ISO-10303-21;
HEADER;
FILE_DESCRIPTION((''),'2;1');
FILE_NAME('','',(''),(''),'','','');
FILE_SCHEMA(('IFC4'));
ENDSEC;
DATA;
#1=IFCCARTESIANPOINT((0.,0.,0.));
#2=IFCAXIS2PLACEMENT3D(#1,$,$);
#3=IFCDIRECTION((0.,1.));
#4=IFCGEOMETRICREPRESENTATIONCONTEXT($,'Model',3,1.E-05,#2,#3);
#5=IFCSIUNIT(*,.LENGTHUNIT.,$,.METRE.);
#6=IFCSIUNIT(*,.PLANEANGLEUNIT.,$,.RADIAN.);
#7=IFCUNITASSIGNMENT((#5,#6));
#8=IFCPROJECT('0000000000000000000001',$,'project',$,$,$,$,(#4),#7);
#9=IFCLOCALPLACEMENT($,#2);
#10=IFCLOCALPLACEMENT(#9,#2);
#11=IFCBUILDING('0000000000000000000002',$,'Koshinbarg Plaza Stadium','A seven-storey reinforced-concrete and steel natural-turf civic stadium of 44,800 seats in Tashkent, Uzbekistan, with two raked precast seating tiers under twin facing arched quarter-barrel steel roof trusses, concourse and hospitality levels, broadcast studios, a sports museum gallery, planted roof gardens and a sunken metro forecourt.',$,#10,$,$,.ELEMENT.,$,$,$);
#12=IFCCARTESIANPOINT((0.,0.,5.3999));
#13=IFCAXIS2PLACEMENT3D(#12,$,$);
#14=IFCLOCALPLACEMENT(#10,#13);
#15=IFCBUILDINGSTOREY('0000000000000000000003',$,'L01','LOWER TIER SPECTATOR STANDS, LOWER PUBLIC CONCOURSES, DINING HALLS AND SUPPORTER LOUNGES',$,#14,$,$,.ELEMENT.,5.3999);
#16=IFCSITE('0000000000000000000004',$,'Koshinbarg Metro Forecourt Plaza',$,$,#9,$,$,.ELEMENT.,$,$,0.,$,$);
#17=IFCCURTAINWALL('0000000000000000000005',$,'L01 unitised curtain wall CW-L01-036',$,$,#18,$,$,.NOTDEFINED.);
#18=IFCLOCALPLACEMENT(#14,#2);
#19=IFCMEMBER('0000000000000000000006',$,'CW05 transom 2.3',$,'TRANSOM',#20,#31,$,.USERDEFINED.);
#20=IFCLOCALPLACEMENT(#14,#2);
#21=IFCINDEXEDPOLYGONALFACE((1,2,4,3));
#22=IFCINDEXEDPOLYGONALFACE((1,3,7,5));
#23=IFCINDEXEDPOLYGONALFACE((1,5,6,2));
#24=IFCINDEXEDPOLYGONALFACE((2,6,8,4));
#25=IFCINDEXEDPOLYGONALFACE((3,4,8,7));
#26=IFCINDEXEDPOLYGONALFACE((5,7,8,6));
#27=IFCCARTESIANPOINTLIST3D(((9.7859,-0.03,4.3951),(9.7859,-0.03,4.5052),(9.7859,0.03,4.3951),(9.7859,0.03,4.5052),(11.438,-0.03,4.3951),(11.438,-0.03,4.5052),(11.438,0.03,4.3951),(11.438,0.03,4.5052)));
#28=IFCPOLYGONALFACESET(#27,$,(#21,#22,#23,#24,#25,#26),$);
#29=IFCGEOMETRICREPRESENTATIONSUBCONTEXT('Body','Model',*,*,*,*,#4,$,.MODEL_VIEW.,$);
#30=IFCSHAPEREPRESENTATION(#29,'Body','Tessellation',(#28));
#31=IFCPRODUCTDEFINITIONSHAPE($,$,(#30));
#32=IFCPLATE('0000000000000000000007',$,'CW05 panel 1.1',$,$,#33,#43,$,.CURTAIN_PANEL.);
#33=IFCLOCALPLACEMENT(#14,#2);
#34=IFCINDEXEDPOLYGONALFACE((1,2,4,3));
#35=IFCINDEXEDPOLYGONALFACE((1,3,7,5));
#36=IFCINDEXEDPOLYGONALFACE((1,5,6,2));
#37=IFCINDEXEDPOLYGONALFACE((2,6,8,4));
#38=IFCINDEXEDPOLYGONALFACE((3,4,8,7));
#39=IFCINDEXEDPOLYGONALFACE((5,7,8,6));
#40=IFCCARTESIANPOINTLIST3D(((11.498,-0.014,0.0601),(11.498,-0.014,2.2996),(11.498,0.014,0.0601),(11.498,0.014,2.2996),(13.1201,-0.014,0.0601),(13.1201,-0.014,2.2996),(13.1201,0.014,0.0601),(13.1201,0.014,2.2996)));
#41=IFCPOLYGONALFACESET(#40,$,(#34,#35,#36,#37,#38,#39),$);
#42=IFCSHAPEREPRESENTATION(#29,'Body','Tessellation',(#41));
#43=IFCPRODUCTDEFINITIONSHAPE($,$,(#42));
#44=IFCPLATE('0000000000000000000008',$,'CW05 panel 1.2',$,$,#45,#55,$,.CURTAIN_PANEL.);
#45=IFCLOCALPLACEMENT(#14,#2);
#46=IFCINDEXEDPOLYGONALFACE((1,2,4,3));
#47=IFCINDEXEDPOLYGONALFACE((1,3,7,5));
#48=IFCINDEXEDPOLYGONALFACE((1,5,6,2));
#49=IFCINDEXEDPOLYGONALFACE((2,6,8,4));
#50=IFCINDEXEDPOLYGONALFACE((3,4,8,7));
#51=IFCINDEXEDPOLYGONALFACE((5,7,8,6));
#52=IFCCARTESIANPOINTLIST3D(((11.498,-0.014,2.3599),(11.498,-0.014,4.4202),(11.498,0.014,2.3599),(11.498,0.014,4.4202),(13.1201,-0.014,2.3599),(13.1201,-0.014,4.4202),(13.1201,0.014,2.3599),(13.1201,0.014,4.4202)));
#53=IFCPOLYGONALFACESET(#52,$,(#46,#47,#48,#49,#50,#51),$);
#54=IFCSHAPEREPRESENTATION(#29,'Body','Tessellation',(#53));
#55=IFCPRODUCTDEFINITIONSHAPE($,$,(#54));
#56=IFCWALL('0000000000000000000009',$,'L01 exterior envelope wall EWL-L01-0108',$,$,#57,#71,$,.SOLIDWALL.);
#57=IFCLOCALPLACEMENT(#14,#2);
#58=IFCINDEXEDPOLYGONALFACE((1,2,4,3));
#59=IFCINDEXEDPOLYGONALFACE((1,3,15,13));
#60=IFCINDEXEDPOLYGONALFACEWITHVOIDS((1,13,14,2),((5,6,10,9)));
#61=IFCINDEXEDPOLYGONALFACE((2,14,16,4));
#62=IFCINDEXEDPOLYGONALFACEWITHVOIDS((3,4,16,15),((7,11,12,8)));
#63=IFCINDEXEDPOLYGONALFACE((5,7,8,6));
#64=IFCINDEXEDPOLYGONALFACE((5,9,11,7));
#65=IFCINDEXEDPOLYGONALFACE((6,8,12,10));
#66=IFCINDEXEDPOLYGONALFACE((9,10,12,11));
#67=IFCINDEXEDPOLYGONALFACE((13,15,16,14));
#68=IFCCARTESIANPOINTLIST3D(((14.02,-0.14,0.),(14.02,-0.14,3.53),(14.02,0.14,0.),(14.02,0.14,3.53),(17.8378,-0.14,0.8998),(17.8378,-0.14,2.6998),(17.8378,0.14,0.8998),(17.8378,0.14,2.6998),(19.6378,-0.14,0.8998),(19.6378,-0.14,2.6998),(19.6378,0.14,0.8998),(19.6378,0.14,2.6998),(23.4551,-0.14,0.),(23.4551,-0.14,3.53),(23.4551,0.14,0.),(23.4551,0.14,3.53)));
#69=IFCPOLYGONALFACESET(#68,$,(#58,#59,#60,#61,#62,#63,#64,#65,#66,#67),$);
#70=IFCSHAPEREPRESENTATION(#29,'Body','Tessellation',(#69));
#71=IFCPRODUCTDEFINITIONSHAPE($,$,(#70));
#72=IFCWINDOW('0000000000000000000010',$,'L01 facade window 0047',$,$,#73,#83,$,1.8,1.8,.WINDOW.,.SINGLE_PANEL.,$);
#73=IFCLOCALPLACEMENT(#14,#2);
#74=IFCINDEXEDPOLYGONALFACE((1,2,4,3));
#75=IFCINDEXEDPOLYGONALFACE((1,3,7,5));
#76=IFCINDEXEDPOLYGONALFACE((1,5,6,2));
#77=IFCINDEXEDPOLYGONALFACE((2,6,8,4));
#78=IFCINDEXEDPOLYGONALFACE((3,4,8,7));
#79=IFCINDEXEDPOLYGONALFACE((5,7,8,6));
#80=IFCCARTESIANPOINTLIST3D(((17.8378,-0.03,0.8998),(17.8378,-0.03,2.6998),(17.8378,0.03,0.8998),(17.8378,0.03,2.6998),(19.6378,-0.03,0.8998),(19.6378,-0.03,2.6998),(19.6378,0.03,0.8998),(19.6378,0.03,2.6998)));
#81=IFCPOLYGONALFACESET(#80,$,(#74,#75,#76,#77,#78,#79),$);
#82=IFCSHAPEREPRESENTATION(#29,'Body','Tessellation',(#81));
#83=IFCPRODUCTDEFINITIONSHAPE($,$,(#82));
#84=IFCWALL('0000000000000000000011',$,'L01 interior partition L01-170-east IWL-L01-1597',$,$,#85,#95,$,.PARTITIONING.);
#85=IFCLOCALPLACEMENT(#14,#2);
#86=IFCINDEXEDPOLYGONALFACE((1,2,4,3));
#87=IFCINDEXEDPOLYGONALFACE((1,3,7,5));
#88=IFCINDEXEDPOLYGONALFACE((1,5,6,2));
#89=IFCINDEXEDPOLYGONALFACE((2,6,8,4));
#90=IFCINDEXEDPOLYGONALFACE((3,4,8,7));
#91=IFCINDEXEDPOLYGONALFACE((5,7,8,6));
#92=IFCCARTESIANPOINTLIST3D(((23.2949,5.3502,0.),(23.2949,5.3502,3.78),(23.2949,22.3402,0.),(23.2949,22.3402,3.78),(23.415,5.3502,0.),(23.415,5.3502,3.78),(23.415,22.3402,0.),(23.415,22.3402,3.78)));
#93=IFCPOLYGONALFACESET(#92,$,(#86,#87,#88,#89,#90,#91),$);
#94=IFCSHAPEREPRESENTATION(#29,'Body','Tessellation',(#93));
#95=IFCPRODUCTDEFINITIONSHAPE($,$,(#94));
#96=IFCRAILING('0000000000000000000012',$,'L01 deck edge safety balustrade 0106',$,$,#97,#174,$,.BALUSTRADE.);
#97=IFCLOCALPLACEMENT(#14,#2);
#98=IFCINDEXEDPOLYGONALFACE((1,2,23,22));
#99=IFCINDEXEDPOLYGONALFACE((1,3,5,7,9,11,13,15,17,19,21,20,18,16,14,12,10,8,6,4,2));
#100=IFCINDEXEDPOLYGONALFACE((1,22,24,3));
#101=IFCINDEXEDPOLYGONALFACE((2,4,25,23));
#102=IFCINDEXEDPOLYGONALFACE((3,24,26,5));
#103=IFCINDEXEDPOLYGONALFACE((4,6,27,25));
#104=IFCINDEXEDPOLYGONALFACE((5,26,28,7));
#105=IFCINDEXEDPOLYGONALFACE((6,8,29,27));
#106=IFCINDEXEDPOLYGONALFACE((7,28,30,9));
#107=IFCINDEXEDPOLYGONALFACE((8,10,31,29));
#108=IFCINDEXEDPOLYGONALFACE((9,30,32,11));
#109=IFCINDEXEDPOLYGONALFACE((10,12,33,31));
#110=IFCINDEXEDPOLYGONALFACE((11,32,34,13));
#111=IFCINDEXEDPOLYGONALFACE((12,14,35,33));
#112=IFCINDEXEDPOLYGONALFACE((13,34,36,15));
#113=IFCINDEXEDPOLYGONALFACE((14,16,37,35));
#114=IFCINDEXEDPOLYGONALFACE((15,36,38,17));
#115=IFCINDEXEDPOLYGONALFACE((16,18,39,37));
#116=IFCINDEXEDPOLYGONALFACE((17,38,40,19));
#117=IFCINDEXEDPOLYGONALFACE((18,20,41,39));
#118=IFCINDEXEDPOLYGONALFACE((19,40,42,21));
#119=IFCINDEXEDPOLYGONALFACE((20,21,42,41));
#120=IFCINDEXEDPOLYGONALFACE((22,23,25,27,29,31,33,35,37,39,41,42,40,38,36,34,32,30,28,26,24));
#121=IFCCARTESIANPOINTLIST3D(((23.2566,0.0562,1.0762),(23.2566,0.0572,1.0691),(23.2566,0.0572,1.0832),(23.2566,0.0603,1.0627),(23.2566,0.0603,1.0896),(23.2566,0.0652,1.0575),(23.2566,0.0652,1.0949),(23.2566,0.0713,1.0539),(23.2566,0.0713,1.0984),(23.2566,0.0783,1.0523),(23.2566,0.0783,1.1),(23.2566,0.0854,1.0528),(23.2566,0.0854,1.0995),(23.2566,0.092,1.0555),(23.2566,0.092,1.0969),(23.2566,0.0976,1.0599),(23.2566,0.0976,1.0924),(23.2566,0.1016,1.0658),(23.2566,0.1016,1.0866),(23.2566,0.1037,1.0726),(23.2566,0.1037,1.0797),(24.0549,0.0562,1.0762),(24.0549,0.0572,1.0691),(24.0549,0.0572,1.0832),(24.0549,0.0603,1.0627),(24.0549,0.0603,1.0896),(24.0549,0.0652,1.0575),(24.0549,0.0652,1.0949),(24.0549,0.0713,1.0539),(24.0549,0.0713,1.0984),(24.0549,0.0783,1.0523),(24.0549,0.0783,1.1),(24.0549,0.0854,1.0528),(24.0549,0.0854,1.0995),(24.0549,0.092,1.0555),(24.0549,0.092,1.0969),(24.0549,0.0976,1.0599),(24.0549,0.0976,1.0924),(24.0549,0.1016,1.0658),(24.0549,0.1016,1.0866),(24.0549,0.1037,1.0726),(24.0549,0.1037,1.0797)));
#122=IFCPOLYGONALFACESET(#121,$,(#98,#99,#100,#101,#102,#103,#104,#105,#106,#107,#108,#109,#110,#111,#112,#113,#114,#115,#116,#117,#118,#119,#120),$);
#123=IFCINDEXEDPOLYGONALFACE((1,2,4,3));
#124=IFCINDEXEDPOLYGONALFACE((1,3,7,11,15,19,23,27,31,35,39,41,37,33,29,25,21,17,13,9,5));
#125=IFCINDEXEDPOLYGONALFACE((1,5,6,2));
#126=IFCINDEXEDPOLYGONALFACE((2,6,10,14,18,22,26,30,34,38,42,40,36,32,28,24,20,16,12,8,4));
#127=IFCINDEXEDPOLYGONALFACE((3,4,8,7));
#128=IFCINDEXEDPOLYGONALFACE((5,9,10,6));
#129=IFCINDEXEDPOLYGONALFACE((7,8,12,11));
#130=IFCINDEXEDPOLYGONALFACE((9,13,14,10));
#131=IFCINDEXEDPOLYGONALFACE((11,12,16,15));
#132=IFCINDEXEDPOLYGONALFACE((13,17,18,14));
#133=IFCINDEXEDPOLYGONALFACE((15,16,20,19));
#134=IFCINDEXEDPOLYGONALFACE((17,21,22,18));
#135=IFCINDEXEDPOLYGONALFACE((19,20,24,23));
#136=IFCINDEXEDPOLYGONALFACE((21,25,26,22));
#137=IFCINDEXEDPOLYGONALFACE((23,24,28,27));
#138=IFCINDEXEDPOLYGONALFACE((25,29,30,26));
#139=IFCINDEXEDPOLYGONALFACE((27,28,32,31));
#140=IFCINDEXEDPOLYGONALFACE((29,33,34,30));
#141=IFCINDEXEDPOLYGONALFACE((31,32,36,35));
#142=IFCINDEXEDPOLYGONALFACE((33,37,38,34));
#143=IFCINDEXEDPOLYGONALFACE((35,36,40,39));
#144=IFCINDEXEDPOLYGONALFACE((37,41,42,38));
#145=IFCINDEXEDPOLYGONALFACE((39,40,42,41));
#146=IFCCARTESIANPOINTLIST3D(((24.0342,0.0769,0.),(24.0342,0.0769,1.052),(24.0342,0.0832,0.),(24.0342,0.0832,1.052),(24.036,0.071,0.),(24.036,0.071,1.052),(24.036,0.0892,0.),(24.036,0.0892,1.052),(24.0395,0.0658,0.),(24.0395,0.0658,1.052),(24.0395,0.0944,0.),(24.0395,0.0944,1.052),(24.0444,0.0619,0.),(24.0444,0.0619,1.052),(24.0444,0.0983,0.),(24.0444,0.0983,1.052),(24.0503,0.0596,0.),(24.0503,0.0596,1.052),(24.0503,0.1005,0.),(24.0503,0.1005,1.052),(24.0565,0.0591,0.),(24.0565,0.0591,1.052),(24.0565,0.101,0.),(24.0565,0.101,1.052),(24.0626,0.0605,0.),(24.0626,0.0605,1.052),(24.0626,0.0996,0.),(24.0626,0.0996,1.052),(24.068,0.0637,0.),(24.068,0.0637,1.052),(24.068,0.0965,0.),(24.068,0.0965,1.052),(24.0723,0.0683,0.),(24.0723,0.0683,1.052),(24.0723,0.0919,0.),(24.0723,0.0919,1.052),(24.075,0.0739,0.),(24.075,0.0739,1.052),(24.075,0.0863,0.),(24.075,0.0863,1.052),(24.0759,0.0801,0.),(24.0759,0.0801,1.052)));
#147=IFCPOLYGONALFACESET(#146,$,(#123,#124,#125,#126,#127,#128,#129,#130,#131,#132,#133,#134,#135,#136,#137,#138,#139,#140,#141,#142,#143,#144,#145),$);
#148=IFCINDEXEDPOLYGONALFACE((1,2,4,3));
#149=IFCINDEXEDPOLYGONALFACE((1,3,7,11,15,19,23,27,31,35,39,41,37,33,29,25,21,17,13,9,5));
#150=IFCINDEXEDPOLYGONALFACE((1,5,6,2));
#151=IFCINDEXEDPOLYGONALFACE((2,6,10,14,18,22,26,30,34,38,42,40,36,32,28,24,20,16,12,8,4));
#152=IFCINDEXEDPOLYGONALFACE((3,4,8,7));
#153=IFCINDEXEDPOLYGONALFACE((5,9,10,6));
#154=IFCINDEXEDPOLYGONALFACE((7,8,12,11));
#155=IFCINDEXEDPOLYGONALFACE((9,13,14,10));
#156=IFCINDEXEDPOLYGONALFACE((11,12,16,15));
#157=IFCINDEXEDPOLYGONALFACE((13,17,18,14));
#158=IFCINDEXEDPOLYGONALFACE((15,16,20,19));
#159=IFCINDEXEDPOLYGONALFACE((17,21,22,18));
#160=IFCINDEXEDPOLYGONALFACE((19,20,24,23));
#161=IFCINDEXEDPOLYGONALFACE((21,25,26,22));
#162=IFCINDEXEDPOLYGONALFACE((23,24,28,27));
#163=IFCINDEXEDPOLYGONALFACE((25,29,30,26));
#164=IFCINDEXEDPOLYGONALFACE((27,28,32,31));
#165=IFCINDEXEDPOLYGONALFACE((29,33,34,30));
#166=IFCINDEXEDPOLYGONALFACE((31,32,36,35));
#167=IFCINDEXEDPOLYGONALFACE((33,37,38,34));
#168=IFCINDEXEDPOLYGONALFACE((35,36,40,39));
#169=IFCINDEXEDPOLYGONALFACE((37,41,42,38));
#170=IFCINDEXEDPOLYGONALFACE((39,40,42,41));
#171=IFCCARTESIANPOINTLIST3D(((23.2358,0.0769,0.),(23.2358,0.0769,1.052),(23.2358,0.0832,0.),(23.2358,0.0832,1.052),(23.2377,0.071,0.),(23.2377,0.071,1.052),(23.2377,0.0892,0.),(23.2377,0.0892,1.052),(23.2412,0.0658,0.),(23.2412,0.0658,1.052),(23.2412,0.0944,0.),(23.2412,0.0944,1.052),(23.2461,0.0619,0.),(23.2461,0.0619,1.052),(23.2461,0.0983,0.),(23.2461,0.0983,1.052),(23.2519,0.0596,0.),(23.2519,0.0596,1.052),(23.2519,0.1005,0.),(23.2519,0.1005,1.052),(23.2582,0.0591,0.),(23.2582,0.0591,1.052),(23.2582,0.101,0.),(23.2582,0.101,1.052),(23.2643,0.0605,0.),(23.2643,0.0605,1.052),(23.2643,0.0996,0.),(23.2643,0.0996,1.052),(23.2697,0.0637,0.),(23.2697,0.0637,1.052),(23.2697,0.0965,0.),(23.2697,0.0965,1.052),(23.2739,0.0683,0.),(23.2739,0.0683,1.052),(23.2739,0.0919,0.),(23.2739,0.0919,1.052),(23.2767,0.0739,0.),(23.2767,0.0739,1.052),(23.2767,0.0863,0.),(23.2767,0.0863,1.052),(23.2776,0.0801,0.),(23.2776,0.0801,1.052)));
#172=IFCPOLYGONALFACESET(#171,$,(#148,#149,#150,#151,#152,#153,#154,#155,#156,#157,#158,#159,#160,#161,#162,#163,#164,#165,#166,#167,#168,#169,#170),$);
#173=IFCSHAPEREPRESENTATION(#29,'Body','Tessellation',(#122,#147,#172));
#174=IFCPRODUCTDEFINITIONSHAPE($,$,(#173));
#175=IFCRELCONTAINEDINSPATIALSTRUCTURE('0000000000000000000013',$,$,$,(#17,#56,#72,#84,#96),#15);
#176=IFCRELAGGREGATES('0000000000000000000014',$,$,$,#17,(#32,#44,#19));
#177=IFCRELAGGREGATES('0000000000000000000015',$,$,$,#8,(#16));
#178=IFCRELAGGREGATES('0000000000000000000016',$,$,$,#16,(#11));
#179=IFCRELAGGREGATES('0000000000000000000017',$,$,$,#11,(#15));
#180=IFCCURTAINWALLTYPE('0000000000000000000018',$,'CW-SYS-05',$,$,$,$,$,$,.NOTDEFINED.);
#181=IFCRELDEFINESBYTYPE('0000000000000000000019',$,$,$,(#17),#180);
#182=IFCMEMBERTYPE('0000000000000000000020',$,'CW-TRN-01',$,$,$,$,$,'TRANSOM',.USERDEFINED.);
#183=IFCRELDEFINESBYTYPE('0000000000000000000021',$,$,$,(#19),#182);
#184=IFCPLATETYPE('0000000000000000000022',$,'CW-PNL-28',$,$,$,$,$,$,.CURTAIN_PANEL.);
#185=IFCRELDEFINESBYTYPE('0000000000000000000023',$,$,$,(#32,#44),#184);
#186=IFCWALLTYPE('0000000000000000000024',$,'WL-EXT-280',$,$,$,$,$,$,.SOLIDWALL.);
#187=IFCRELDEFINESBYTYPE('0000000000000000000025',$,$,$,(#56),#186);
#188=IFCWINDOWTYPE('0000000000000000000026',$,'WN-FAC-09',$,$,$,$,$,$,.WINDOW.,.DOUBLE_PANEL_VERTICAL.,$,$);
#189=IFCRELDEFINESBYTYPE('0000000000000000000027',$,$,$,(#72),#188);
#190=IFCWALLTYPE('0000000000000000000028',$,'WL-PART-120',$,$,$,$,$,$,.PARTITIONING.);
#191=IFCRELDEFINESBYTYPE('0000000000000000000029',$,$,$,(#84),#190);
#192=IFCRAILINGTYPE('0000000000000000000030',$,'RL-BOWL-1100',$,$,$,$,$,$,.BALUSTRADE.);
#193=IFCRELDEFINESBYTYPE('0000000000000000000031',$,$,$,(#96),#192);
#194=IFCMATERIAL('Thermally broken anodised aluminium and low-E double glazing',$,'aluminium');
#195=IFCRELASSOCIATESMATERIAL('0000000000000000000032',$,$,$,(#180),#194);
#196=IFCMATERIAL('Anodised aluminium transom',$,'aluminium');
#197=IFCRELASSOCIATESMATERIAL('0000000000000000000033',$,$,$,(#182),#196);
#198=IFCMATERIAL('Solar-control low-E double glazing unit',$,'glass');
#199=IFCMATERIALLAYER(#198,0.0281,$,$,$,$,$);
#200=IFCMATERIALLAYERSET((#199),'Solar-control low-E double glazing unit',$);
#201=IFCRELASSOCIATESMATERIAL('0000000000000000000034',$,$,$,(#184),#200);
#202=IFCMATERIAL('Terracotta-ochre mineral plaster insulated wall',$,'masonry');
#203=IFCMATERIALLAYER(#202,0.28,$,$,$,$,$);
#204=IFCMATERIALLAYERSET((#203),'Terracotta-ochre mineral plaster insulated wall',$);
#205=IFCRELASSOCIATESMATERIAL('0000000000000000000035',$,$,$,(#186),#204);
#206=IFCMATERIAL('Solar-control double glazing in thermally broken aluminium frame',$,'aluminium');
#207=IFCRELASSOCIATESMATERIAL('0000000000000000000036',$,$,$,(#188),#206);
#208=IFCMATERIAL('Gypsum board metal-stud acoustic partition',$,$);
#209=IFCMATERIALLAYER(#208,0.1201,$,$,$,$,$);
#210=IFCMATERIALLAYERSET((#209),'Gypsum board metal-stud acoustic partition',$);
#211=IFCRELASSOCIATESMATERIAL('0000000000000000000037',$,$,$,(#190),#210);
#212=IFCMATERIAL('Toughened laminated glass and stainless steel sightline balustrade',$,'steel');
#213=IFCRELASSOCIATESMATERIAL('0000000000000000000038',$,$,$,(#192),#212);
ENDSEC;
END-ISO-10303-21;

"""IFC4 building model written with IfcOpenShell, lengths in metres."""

from ifc_helpers import new_model, si_unit, direction, frame, frame_2d, origin, origin_2d, place, context, subcontext, project, spatial, rectangle, circle, extrude, material, layer, layer_set, material_profile, profile_set, type_object, element, fill, aggregate, save


model = new_model("IFC4")

# Units and contexts
model_context = context("Model", 3, precision=1e-05, world=origin(), true_north=direction((0.0, 1.0)))
body_context = subcontext(model_context, "Body", "Model", "MODEL_VIEW")
ifc_project = project(units=[si_unit("LENGTHUNIT", "METRE"), si_unit("PLANEANGLEUNIT", "RADIAN")], contexts=[model_context])

# Site, building, storey
site_placement = place(None, origin())
site = spatial("IfcSite", under=ifc_project, at=site_placement, Name="Koshinbarg Metro Forecourt Plaza", CompositionType="ELEMENT", RefElevation=0.0)
building_placement = place(site_placement, origin())
building = spatial("IfcBuilding", under=site, at=building_placement, Name="Koshinbarg Plaza Stadium", Description="A seven-storey reinforced-concrete and steel natural-turf civic stadium of 44,800 seats in Tashkent, Uzbekistan, with two raked precast seating tiers under twin facing arched quarter-barrel steel roof trusses, concourse and hospitality levels, broadcast studios, a sports museum gallery, planted roof gardens and a sunken metro forecourt.", CompositionType="ELEMENT")
storey_placement = place(building_placement, frame((0.0, 0.0, 5.3999)))
storey = spatial("IfcBuildingStorey", under=building, at=storey_placement, Name="L01", Description="LOWER TIER SPECTATOR STANDS, LOWER PUBLIC CONCOURSES, DINING HALLS AND SUPPORTER LOUNGES", CompositionType="ELEMENT", Elevation=5.3999)

# Curtain wall, member, plates
ifc_material_1 = material(Name="Thermally broken anodised aluminium and low-E double glazing", Category="aluminium")
curtain_wall_type = type_object("IfcCurtainWallType", Name="CW-SYS-05", PredefinedType="NOTDEFINED", material=ifc_material_1)
curtain_wall_placement = place(storey_placement, origin())
curtain_wall = element("IfcCurtainWall", 1, at=curtain_wall_placement, inside=storey, type_object=curtain_wall_type, Name="L01 unitised curtain wall CW-L01-036", PredefinedType="NOTDEFINED")
ifc_material_2 = material(Name="Anodised aluminium transom", Category="aluminium")
ifc_material_profile_1 = material_profile(ifc_material_2, rectangle(XDim=0.0601, YDim=0.1101, at=origin_2d()), Name="ALU 60x110")
ifc_profile_set_1 = profile_set([ifc_material_profile_1], Name="Anodised aluminium transom")
member_type_1 = type_object("IfcMemberType", Name="CW-TRN-01", ElementType="TRANSOM", PredefinedType="USERDEFINED", material=ifc_profile_set_1)
member_1_placement = place(storey_placement, frame((11.438, 0.0, 4.4502), z_axis=(-1.0, 0.0, 0.0), x_axis=(0.0, -1.0, 0.0)))
member_1 = element("IfcMember", 2, at=member_1_placement, type_object=member_type_1, Name="CW05 transom 2.3", ObjectType="TRANSOM", PredefinedType="USERDEFINED", context=body_context, shape_type="SweptSolid", body=[
    extrude(rectangle(XDim=0.0601, YDim=0.1101, at=origin_2d()), origin(), (0.0, 0.0, 1.0), 1.6521),
])
ifc_material_3 = material(Name="Solar-control low-E double glazing unit", Category="glass")
ifc_layer_1 = layer(ifc_material_3, 0.0281)
ifc_layer_set_1 = layer_set([ifc_layer_1], Name="Solar-control low-E double glazing unit")
plate_type = type_object("IfcPlateType", Name="CW-PNL-28", PredefinedType="CURTAIN_PANEL", material=ifc_layer_set_1)
plate_1_placement = place(storey_placement, frame((12.3091, 0.0, 0.0601), z_axis=(0.0, 0.0, 1.0), x_axis=(-1.0, 0.0, 0.0)))
plate_1 = element("IfcPlate", 3, at=plate_1_placement, type_object=plate_type, Name="CW05 panel 1.1", PredefinedType="CURTAIN_PANEL", context=body_context, shape_type="SweptSolid", body=[
    extrude(rectangle(XDim=1.6221, YDim=0.0281, at=origin_2d()), origin(), (0.0, 0.0, 1.0), 2.2395),
])
plate_2_placement = place(storey_placement, frame((12.3091, 0.0, 2.3599), z_axis=(0.0, 0.0, 1.0), x_axis=(-1.0, 0.0, 0.0)))
plate_2 = element("IfcPlate", 4, at=plate_2_placement, type_object=plate_type, Name="CW05 panel 1.2", PredefinedType="CURTAIN_PANEL", context=body_context, shape_type="SweptSolid", body=[
    extrude(rectangle(XDim=1.6221, YDim=0.0281, at=origin_2d()), origin(), (0.0, 0.0, 1.0), 2.0603),
])
aggregate(curtain_wall, [plate_1, plate_2, member_1])

# Wall, opening, window
ifc_material_4 = material(Name="Terracotta-ochre mineral plaster insulated wall", Category="masonry")
ifc_layer_2 = layer(ifc_material_4, 0.28)
ifc_layer_set_2 = layer_set([ifc_layer_2], Name="Terracotta-ochre mineral plaster insulated wall")
wall_type_1 = type_object("IfcWallType", Name="WL-EXT-280", PredefinedType="SOLIDWALL", material=ifc_layer_set_2)
wall_1_placement = place(storey_placement, frame((23.4551, 0.0, 0.0), z_axis=(0.0, 0.0, 1.0), x_axis=(-1.0, 0.0, 0.0)))
wall_1 = element("IfcWall", 5, at=wall_1_placement, inside=storey, type_object=wall_type_1, Name="L01 exterior envelope wall EWL-L01-0108", PredefinedType="SOLIDWALL", context=body_context, shape_type="SweptSolid", body=[
    extrude(rectangle(XDim=9.4351, YDim=0.28, at=frame_2d((4.7175, 0.0))), origin(), (0.0, 0.0, 1.0), 3.53),
])
opening_placement = place(wall_1_placement, frame((3.8174, 0.0, 0.8999)))
opening = element("IfcOpeningElement", 6, at=opening_placement, cuts=wall_1, PredefinedType="OPENING", context=body_context, shape_type="SweptSolid", body=[
    extrude(rectangle(XDim=1.8, YDim=1.8, at=frame_2d((0.8999, 0.8999))), frame((0.0, 0.1499, 0.0), z_axis=(0.0, -1.0, 0.0), x_axis=(1.0, 0.0, 0.0)), (0.0, 0.0, 1.0), 0.3),
])
ifc_material_5 = material(Name="Solar-control double glazing in thermally broken aluminium frame", Category="aluminium")
window_type = type_object("IfcWindowType", Name="WN-FAC-09", PartitioningType="DOUBLE_PANEL_VERTICAL", PredefinedType="WINDOW", material=ifc_material_5)
window_placement = place(opening_placement, origin())
window = element("IfcWindow", 7, at=window_placement, inside=storey, type_object=window_type, Name="L01 facade window 0047", OverallHeight=1.8, OverallWidth=1.8, PartitioningType="SINGLE_PANEL", PredefinedType="WINDOW", context=body_context, shape_type="SweptSolid", body=[
    extrude(rectangle(XDim=1.8, YDim=1.8, at=frame_2d((0.8999, 0.8999))), frame((0.0, 0.03, 0.0), z_axis=(0.0, -1.0, 0.0), x_axis=(1.0, 0.0, 0.0)), (0.0, 0.0, 1.0), 0.0601),
])
fill(opening, window)

# Wall
ifc_material_6 = material(Name="Gypsum board metal-stud acoustic partition")
ifc_layer_3 = layer(ifc_material_6, 0.1201)
ifc_layer_set_3 = layer_set([ifc_layer_3], Name="Gypsum board metal-stud acoustic partition")
wall_type_2 = type_object("IfcWallType", Name="WL-PART-120", PredefinedType="PARTITIONING", material=ifc_layer_set_3)
wall_2_placement = place(storey_placement, frame((23.355, 5.3501, 0.0), z_axis=(0.0, 0.0, 1.0), x_axis=(0.0, 1.0, 0.0)))
element("IfcWall", 8, at=wall_2_placement, inside=storey, type_object=wall_type_2, Name="L01 interior partition L01-170-east IWL-L01-1597", PredefinedType="PARTITIONING", context=body_context, shape_type="SweptSolid", body=[
    extrude(rectangle(XDim=16.99, YDim=0.1201, at=frame_2d((8.4951, 0.0))), origin(), (0.0, 0.0, 1.0), 3.78),
])

# Railing
ifc_material_7 = material(Name="Toughened laminated glass and stainless steel sightline balustrade", Category="steel")
railing_type = type_object("IfcRailingType", Name="RL-BOWL-1100", PredefinedType="BALUSTRADE", material=ifc_material_7)
railing_1_placement = place(storey_placement, frame((24.0549, 0.0801, 0.0)))
element("IfcRailing", 9, at=railing_1_placement, inside=storey, type_object=railing_type, Name="L01 deck edge safety balustrade 0106", PredefinedType="BALUSTRADE", context=body_context, shape_type="SweptSolid", body=[
    extrude(circle(Radius=0.0239, at=origin_2d()), frame((0.0, 0.0, 1.0762), z_axis=(-1.0, 0.0, 0.0), x_axis=(0.0, -1.0, 0.0)), (0.0, 0.0, 1.0), 0.7983),
    extrude(circle(Radius=0.021, at=origin_2d()), origin(), (0.0, 0.0, 1.0), 1.052),
    extrude(circle(Radius=0.021, at=origin_2d()), frame((-0.7983, 0.0, 0.0)), (0.0, 0.0, 1.0), 1.052),
])

save(model, "model.ifc")
